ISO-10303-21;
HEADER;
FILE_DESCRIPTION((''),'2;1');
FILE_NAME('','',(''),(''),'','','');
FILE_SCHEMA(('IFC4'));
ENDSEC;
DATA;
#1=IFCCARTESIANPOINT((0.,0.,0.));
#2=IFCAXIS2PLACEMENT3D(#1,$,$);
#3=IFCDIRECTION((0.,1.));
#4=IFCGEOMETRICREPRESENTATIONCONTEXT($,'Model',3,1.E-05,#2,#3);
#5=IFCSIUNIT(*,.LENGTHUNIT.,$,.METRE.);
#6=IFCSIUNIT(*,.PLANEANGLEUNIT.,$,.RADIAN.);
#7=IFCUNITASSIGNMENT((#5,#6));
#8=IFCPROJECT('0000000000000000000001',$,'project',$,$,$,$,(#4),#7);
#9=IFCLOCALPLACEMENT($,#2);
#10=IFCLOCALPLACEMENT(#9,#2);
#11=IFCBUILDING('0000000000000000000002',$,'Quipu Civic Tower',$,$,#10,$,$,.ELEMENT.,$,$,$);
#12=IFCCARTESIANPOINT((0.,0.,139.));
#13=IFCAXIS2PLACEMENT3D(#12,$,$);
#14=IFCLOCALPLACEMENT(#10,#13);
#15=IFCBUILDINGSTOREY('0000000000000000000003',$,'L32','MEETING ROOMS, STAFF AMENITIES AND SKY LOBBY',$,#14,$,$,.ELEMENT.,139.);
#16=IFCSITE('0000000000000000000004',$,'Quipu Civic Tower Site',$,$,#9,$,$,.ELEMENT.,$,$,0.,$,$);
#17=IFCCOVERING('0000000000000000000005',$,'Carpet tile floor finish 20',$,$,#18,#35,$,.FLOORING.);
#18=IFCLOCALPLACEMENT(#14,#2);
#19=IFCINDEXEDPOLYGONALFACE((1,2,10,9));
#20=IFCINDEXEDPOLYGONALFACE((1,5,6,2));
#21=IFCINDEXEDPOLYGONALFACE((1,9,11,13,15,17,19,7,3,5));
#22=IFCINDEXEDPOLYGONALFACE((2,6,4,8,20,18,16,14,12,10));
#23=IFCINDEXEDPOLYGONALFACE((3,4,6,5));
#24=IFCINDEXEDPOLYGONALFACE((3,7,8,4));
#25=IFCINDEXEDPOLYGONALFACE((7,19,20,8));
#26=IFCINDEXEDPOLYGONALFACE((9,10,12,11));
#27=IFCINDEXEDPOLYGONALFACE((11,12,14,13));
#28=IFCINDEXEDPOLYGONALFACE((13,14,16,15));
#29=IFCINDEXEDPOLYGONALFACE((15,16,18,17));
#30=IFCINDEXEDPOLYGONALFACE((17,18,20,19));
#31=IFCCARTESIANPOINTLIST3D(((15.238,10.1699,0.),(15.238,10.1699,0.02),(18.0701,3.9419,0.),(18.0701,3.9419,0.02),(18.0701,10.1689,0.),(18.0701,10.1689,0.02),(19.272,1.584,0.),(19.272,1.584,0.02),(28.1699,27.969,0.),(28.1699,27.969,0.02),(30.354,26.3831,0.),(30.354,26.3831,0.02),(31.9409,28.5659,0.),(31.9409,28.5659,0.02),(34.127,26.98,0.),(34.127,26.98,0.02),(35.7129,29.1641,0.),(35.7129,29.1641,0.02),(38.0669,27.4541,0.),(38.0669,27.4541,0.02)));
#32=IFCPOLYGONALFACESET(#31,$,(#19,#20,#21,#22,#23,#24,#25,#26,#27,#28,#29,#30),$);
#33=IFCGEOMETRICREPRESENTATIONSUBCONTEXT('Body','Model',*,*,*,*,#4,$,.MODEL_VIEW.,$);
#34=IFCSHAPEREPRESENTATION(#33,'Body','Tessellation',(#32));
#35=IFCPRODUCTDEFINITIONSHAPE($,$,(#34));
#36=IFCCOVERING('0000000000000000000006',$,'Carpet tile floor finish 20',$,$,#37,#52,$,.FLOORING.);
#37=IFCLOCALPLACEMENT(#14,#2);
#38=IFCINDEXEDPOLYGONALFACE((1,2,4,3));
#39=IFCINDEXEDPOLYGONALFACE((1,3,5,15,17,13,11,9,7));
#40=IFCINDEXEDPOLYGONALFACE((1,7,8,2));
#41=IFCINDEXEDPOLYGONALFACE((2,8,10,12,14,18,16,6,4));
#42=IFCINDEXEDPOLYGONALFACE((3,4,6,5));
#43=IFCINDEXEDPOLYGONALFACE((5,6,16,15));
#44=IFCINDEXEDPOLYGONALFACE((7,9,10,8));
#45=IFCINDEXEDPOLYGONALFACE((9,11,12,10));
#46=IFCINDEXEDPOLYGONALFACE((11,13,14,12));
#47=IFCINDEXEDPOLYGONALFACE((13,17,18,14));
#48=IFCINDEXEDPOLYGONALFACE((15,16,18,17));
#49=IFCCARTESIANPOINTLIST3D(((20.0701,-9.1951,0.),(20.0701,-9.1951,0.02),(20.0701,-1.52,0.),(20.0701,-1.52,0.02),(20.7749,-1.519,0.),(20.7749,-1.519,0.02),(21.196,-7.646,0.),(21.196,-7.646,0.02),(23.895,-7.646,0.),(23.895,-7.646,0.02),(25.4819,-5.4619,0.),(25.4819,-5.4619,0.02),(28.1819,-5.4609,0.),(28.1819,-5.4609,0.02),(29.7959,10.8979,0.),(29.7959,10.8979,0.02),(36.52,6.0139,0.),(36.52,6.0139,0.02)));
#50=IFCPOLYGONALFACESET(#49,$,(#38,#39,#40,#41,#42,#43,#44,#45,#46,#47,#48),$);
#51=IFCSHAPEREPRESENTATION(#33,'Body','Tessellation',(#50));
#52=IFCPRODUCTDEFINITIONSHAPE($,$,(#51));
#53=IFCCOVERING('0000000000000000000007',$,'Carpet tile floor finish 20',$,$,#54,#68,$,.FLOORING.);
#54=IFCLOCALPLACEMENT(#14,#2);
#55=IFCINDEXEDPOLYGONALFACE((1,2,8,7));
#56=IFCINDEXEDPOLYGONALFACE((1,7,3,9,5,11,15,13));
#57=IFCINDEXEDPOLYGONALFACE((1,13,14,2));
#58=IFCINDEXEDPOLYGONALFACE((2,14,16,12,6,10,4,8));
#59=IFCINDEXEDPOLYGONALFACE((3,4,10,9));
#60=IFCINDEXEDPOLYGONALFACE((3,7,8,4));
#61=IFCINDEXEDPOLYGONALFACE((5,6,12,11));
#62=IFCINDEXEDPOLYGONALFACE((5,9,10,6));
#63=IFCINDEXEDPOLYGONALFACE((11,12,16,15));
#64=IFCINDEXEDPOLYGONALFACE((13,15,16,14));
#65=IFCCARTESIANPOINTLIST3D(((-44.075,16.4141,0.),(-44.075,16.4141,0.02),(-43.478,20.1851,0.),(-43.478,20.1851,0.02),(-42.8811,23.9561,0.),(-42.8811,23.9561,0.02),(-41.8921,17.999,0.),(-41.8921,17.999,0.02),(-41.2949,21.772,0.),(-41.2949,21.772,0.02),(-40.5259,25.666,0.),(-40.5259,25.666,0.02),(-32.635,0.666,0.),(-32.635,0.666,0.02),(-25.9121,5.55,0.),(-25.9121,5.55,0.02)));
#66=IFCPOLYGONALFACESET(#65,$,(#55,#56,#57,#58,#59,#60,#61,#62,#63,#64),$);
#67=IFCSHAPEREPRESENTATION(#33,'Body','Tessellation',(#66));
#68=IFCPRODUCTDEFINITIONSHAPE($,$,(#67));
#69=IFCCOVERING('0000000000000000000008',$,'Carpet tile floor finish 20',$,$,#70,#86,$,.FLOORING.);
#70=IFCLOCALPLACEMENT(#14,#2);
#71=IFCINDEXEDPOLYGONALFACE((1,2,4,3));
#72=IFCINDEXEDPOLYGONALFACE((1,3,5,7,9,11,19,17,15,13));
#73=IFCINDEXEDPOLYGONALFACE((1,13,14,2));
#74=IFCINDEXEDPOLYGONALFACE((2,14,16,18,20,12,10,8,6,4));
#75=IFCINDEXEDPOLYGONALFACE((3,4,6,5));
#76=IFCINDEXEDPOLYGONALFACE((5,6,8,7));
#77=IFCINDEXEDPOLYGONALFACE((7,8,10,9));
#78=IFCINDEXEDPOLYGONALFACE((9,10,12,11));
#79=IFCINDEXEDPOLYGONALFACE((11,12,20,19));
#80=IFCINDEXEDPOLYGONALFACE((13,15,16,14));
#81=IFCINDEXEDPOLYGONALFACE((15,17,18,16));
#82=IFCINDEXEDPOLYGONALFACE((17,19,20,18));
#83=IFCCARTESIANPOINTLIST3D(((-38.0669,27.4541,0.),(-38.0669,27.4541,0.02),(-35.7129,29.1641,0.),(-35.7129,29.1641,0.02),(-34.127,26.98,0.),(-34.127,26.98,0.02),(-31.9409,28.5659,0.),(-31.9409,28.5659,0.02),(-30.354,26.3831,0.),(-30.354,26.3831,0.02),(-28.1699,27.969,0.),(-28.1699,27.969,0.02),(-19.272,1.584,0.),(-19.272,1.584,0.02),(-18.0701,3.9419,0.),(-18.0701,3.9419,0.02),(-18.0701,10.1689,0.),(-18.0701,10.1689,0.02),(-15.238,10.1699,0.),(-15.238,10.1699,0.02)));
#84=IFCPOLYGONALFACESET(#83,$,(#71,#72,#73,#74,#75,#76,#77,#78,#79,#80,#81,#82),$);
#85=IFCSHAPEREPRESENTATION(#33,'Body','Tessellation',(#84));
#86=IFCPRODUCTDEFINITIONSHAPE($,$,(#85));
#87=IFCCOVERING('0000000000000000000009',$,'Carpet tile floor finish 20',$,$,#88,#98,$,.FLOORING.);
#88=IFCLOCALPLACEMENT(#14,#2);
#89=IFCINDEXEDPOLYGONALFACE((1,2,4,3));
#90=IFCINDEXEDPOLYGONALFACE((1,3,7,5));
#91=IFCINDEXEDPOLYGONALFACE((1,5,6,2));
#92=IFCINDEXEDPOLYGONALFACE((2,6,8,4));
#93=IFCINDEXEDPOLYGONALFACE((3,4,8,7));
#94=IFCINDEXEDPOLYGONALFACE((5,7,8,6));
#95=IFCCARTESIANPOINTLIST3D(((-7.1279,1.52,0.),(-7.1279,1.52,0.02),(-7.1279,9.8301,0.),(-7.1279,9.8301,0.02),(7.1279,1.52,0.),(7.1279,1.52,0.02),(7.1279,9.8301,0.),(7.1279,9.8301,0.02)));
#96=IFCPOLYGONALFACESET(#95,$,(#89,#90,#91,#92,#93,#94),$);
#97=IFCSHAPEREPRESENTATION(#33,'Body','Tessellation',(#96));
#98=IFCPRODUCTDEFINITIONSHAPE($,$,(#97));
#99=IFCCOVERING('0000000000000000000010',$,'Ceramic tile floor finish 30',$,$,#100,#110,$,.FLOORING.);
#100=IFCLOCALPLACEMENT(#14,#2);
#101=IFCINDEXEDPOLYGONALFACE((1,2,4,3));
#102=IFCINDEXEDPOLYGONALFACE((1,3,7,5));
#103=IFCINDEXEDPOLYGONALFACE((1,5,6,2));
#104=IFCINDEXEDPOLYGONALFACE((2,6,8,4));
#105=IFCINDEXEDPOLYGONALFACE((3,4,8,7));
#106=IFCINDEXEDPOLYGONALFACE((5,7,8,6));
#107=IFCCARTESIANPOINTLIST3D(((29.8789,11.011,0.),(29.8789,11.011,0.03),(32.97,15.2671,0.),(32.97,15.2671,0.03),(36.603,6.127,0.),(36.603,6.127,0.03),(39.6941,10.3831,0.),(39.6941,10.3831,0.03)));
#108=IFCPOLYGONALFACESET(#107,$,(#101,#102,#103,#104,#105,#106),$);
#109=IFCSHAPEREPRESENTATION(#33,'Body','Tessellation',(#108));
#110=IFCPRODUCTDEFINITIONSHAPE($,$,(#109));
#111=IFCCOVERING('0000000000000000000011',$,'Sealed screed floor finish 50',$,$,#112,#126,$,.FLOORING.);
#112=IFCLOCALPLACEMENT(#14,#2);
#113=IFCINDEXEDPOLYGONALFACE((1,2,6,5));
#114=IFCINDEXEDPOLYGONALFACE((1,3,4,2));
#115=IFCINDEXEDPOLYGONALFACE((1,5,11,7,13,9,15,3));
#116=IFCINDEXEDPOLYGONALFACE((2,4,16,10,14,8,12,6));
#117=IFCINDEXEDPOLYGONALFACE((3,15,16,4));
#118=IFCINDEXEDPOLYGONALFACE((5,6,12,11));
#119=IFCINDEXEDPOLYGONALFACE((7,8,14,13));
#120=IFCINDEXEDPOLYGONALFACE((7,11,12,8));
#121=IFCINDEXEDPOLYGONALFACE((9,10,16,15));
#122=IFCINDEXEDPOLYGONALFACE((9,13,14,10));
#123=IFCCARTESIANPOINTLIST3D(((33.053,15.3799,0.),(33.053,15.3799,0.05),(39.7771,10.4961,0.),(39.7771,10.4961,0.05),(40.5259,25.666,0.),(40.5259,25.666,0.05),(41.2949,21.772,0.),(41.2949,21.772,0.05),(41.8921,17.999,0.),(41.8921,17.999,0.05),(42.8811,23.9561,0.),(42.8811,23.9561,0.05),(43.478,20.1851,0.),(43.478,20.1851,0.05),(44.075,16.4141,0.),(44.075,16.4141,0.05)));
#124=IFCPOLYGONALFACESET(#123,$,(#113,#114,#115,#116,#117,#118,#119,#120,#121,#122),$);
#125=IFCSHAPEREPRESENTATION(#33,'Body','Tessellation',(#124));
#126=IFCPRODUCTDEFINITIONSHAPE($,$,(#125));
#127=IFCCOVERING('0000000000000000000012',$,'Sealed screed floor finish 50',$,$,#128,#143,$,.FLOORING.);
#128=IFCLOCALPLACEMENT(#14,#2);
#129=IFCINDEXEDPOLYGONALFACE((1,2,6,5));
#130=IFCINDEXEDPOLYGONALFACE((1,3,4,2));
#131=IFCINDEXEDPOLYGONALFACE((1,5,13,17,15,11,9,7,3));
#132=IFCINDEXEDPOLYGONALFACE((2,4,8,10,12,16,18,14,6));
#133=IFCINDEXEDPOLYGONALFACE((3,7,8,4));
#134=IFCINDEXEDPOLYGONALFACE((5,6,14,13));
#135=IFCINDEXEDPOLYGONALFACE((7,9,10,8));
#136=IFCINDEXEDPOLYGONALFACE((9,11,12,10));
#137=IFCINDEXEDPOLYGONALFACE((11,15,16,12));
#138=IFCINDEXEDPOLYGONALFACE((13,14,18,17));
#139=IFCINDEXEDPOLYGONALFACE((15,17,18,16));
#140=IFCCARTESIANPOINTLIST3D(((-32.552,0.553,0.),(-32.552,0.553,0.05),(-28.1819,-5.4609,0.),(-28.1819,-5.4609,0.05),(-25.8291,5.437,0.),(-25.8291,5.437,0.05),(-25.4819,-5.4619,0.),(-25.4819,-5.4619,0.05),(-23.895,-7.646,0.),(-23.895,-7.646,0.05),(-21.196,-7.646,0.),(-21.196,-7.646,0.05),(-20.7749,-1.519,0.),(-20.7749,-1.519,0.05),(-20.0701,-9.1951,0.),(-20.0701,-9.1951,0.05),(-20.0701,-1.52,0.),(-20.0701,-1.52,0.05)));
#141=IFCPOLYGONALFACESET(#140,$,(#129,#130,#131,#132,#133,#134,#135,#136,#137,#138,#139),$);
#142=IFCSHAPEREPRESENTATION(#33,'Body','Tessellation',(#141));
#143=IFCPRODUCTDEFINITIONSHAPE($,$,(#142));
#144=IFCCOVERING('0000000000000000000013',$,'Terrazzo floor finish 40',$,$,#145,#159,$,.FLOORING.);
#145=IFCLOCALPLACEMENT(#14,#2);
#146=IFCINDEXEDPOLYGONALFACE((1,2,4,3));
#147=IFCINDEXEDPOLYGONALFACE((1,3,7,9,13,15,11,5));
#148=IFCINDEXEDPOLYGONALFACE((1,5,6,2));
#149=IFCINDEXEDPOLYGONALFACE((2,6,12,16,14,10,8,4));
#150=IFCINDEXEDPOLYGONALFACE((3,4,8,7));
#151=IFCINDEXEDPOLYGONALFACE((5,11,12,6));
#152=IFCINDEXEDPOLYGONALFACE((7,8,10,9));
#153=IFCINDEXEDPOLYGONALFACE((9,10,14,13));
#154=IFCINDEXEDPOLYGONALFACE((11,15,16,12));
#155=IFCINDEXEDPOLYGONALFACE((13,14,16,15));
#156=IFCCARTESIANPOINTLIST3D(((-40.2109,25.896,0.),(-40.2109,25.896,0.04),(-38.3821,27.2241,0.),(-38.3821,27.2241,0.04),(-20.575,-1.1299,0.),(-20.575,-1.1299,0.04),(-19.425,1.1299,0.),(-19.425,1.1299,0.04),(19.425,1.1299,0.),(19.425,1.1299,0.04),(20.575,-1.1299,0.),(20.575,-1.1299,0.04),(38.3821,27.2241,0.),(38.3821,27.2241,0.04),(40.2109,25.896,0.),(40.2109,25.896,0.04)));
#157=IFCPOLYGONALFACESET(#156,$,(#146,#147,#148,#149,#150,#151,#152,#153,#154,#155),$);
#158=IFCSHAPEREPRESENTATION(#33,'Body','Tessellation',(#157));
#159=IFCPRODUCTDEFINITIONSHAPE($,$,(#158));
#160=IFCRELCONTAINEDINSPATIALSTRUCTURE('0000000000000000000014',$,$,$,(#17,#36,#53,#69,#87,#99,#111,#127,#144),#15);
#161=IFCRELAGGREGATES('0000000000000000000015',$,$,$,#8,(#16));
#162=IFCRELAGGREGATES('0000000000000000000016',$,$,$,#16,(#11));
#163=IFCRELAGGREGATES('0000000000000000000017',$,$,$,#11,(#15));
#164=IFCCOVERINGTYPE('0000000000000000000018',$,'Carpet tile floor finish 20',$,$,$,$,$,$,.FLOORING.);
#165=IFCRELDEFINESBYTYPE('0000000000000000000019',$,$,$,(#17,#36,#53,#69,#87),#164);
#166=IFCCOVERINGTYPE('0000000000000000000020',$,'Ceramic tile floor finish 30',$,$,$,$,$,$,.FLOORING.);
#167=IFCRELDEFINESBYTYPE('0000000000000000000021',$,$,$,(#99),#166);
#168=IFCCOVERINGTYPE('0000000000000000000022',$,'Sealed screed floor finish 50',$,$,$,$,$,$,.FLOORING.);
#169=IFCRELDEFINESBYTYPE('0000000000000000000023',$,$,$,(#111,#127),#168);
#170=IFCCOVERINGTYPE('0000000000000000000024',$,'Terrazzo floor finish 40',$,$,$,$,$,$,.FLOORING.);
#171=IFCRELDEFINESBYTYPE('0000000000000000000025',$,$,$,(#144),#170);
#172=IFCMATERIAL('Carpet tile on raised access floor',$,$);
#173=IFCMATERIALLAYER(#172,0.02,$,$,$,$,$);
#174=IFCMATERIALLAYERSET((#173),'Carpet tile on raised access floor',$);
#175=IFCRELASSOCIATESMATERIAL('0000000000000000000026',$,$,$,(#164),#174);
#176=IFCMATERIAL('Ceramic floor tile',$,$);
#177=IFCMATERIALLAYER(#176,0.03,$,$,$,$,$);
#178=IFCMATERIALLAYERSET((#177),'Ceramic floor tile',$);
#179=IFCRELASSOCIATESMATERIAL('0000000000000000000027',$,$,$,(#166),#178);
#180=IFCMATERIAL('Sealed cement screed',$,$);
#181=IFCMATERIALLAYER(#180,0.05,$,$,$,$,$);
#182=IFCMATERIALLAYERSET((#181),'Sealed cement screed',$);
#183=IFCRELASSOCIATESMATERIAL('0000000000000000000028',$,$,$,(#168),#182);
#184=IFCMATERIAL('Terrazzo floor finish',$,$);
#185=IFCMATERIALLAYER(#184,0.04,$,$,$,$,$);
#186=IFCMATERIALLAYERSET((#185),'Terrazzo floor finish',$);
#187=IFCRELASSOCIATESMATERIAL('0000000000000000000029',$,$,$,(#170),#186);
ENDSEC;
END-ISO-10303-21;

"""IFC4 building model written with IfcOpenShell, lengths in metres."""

from ifc_helpers import new_model, si_unit, direction, frame, origin, place, context, subcontext, project, spatial, polyline, outline, extrude, material, layer, layer_set, type_object, element, save


model = new_model("IFC4")

# Units and contexts
model_context = context("Model", 3, precision=1e-05, world=origin(), true_north=direction((0.0, 1.0)))
body_context = subcontext(model_context, "Body", "Model", "MODEL_VIEW")
ifc_project = project(units=[si_unit("LENGTHUNIT", "METRE"), si_unit("PLANEANGLEUNIT", "RADIAN")], contexts=[model_context])

# Site, building, storey
site_placement = place(None, origin())
site = spatial("IfcSite", under=ifc_project, at=site_placement, Name="Quipu Civic Tower Site", CompositionType="ELEMENT", RefElevation=0.0)
building_placement = place(site_placement, origin())
building = spatial("IfcBuilding", under=site, at=building_placement, Name="Quipu Civic Tower", CompositionType="ELEMENT")
storey_placement = place(building_placement, frame((0.0, 0.0, 139.0)))
storey = spatial("IfcBuildingStorey", under=building, at=storey_placement, Name="L32", Description="MEETING ROOMS, STAFF AMENITIES AND SKY LOBBY", CompositionType="ELEMENT", Elevation=139.0)

# Coverings
ifc_material_1 = material(Name="Carpet tile on raised access floor")
ifc_layer_1 = layer(ifc_material_1, 0.02)
ifc_layer_set_1 = layer_set([ifc_layer_1], Name="Carpet tile on raised access floor")
covering_type_1 = type_object("IfcCoveringType", Name="Carpet tile floor finish 20", PredefinedType="FLOORING", material=ifc_layer_set_1)
covering_1_placement = place(storey_placement, origin())
element("IfcCovering", 1, at=covering_1_placement, inside=storey, type_object=covering_type_1, Name="Carpet tile floor finish 20", PredefinedType="FLOORING", context=body_context, shape_type="SweptSolid", body=[
    extrude(outline(polyline([(15.238, 10.1699), (28.1699, 27.969), (30.354, 26.3831), (31.9409, 28.5659), (34.127, 26.98), (35.7129, 29.1641), (38.0669, 27.4541), (19.272, 1.584), (18.0701, 3.9419), (18.0701, 10.1689), (15.238, 10.1699)])), origin(), (0.0, 0.0, 1.0), 0.02),
])
covering_2_placement = place(storey_placement, origin())
element("IfcCovering", 2, at=covering_2_placement, inside=storey, type_object=covering_type_1, Name="Carpet tile floor finish 20", PredefinedType="FLOORING", context=body_context, shape_type="SweptSolid", body=[
    extrude(outline(polyline([(20.0701, -9.1951), (20.0701, -1.52), (20.7749, -1.519), (29.7959, 10.8979), (36.52, 6.0139), (28.1819, -5.4609), (25.4819, -5.4619), (23.895, -7.646), (21.196, -7.646), (20.0701, -9.1951)])), origin(), (0.0, 0.0, 1.0), 0.02),
])
covering_3_placement = place(storey_placement, origin())
element("IfcCovering", 3, at=covering_3_placement, inside=storey, type_object=covering_type_1, Name="Carpet tile floor finish 20", PredefinedType="FLOORING", context=body_context, shape_type="SweptSolid", body=[
    extrude(outline(polyline([(-44.075, 16.4141), (-41.8921, 17.999), (-43.478, 20.1851), (-41.2949, 21.772), (-42.8811, 23.9561), (-40.5259, 25.666), (-25.9121, 5.55), (-32.635, 0.666), (-44.075, 16.4141)])), origin(), (0.0, 0.0, 1.0), 0.02),
])
covering_4_placement = place(storey_placement, origin())
element("IfcCovering", 4, at=covering_4_placement, inside=storey, type_object=covering_type_1, Name="Carpet tile floor finish 20", PredefinedType="FLOORING", context=body_context, shape_type="SweptSolid", body=[
    extrude(outline(polyline([(-38.0669, 27.4541), (-35.7129, 29.1641), (-34.127, 26.98), (-31.9409, 28.5659), (-30.354, 26.3831), (-28.1699, 27.969), (-15.238, 10.1699), (-18.0701, 10.1689), (-18.0701, 3.9419), (-19.272, 1.584), (-38.0669, 27.4541)])), origin(), (0.0, 0.0, 1.0), 0.02),
])
covering_5_placement = place(storey_placement, origin())
element("IfcCovering", 5, at=covering_5_placement, inside=storey, type_object=covering_type_1, Name="Carpet tile floor finish 20", PredefinedType="FLOORING", context=body_context, shape_type="SweptSolid", body=[
    extrude(outline(polyline([(-7.1279, 1.52), (-7.1279, 9.8301), (7.1279, 9.8301), (7.1279, 1.52), (-7.1279, 1.52)])), origin(), (0.0, 0.0, 1.0), 0.02),
])
ifc_material_2 = material(Name="Ceramic floor tile")
ifc_layer_2 = layer(ifc_material_2, 0.03)
ifc_layer_set_2 = layer_set([ifc_layer_2], Name="Ceramic floor tile")
covering_type_2 = type_object("IfcCoveringType", Name="Ceramic tile floor finish 30", PredefinedType="FLOORING", material=ifc_layer_set_2)
covering_6_placement = place(storey_placement, origin())
element("IfcCovering", 6, at=covering_6_placement, inside=storey, type_object=covering_type_2, Name="Ceramic tile floor finish 30", PredefinedType="FLOORING", context=body_context, shape_type="SweptSolid", body=[
    extrude(outline(polyline([(29.8789, 11.011), (32.97, 15.2671), (39.6941, 10.3831), (36.603, 6.127), (29.8789, 11.011)])), origin(), (0.0, 0.0, 1.0), 0.03),
])
ifc_material_3 = material(Name="Sealed cement screed")
ifc_layer_3 = layer(ifc_material_3, 0.05)
ifc_layer_set_3 = layer_set([ifc_layer_3], Name="Sealed cement screed")
covering_type_3 = type_object("IfcCoveringType", Name="Sealed screed floor finish 50", PredefinedType="FLOORING", material=ifc_layer_set_3)
covering_7_placement = place(storey_placement, origin())
element("IfcCovering", 7, at=covering_7_placement, inside=storey, type_object=covering_type_3, Name="Sealed screed floor finish 50", PredefinedType="FLOORING", context=body_context, shape_type="SweptSolid", body=[
    extrude(outline(polyline([(33.053, 15.3799), (40.5259, 25.666), (42.8811, 23.9561), (41.2949, 21.772), (43.478, 20.1851), (41.8921, 17.999), (44.075, 16.4141), (39.7771, 10.4961), (33.053, 15.3799)])), origin(), (0.0, 0.0, 1.0), 0.05),
])
covering_8_placement = place(storey_placement, origin())
element("IfcCovering", 8, at=covering_8_placement, inside=storey, type_object=covering_type_3, Name="Sealed screed floor finish 50", PredefinedType="FLOORING", context=body_context, shape_type="SweptSolid", body=[
    extrude(outline(polyline([(-32.552, 0.553), (-25.8291, 5.437), (-20.7749, -1.519), (-20.0701, -1.52), (-20.0701, -9.1951), (-21.196, -7.646), (-23.895, -7.646), (-25.4819, -5.4619), (-28.1819, -5.4609), (-32.552, 0.553)])), origin(), (0.0, 0.0, 1.0), 0.05),
])
ifc_material_4 = material(Name="Terrazzo floor finish")
ifc_layer_4 = layer(ifc_material_4, 0.04)
ifc_layer_set_4 = layer_set([ifc_layer_4], Name="Terrazzo floor finish")
covering_type_4 = type_object("IfcCoveringType", Name="Terrazzo floor finish 40", PredefinedType="FLOORING", material=ifc_layer_set_4)
covering_9_placement = place(storey_placement, origin())
element("IfcCovering", 9, at=covering_9_placement, inside=storey, type_object=covering_type_4, Name="Terrazzo floor finish 40", PredefinedType="FLOORING", context=body_context, shape_type="SweptSolid", body=[
    extrude(outline(polyline([(38.3821, 27.2241), (40.2109, 25.896), (20.575, -1.1299), (-20.575, -1.1299), (-40.2109, 25.896), (-38.3821, 27.2241), (-19.425, 1.1299), (19.425, 1.1299), (38.3821, 27.2241)])), origin(), (0.0, 0.0, 1.0), 0.04),
])

save(model, "model.ifc")
